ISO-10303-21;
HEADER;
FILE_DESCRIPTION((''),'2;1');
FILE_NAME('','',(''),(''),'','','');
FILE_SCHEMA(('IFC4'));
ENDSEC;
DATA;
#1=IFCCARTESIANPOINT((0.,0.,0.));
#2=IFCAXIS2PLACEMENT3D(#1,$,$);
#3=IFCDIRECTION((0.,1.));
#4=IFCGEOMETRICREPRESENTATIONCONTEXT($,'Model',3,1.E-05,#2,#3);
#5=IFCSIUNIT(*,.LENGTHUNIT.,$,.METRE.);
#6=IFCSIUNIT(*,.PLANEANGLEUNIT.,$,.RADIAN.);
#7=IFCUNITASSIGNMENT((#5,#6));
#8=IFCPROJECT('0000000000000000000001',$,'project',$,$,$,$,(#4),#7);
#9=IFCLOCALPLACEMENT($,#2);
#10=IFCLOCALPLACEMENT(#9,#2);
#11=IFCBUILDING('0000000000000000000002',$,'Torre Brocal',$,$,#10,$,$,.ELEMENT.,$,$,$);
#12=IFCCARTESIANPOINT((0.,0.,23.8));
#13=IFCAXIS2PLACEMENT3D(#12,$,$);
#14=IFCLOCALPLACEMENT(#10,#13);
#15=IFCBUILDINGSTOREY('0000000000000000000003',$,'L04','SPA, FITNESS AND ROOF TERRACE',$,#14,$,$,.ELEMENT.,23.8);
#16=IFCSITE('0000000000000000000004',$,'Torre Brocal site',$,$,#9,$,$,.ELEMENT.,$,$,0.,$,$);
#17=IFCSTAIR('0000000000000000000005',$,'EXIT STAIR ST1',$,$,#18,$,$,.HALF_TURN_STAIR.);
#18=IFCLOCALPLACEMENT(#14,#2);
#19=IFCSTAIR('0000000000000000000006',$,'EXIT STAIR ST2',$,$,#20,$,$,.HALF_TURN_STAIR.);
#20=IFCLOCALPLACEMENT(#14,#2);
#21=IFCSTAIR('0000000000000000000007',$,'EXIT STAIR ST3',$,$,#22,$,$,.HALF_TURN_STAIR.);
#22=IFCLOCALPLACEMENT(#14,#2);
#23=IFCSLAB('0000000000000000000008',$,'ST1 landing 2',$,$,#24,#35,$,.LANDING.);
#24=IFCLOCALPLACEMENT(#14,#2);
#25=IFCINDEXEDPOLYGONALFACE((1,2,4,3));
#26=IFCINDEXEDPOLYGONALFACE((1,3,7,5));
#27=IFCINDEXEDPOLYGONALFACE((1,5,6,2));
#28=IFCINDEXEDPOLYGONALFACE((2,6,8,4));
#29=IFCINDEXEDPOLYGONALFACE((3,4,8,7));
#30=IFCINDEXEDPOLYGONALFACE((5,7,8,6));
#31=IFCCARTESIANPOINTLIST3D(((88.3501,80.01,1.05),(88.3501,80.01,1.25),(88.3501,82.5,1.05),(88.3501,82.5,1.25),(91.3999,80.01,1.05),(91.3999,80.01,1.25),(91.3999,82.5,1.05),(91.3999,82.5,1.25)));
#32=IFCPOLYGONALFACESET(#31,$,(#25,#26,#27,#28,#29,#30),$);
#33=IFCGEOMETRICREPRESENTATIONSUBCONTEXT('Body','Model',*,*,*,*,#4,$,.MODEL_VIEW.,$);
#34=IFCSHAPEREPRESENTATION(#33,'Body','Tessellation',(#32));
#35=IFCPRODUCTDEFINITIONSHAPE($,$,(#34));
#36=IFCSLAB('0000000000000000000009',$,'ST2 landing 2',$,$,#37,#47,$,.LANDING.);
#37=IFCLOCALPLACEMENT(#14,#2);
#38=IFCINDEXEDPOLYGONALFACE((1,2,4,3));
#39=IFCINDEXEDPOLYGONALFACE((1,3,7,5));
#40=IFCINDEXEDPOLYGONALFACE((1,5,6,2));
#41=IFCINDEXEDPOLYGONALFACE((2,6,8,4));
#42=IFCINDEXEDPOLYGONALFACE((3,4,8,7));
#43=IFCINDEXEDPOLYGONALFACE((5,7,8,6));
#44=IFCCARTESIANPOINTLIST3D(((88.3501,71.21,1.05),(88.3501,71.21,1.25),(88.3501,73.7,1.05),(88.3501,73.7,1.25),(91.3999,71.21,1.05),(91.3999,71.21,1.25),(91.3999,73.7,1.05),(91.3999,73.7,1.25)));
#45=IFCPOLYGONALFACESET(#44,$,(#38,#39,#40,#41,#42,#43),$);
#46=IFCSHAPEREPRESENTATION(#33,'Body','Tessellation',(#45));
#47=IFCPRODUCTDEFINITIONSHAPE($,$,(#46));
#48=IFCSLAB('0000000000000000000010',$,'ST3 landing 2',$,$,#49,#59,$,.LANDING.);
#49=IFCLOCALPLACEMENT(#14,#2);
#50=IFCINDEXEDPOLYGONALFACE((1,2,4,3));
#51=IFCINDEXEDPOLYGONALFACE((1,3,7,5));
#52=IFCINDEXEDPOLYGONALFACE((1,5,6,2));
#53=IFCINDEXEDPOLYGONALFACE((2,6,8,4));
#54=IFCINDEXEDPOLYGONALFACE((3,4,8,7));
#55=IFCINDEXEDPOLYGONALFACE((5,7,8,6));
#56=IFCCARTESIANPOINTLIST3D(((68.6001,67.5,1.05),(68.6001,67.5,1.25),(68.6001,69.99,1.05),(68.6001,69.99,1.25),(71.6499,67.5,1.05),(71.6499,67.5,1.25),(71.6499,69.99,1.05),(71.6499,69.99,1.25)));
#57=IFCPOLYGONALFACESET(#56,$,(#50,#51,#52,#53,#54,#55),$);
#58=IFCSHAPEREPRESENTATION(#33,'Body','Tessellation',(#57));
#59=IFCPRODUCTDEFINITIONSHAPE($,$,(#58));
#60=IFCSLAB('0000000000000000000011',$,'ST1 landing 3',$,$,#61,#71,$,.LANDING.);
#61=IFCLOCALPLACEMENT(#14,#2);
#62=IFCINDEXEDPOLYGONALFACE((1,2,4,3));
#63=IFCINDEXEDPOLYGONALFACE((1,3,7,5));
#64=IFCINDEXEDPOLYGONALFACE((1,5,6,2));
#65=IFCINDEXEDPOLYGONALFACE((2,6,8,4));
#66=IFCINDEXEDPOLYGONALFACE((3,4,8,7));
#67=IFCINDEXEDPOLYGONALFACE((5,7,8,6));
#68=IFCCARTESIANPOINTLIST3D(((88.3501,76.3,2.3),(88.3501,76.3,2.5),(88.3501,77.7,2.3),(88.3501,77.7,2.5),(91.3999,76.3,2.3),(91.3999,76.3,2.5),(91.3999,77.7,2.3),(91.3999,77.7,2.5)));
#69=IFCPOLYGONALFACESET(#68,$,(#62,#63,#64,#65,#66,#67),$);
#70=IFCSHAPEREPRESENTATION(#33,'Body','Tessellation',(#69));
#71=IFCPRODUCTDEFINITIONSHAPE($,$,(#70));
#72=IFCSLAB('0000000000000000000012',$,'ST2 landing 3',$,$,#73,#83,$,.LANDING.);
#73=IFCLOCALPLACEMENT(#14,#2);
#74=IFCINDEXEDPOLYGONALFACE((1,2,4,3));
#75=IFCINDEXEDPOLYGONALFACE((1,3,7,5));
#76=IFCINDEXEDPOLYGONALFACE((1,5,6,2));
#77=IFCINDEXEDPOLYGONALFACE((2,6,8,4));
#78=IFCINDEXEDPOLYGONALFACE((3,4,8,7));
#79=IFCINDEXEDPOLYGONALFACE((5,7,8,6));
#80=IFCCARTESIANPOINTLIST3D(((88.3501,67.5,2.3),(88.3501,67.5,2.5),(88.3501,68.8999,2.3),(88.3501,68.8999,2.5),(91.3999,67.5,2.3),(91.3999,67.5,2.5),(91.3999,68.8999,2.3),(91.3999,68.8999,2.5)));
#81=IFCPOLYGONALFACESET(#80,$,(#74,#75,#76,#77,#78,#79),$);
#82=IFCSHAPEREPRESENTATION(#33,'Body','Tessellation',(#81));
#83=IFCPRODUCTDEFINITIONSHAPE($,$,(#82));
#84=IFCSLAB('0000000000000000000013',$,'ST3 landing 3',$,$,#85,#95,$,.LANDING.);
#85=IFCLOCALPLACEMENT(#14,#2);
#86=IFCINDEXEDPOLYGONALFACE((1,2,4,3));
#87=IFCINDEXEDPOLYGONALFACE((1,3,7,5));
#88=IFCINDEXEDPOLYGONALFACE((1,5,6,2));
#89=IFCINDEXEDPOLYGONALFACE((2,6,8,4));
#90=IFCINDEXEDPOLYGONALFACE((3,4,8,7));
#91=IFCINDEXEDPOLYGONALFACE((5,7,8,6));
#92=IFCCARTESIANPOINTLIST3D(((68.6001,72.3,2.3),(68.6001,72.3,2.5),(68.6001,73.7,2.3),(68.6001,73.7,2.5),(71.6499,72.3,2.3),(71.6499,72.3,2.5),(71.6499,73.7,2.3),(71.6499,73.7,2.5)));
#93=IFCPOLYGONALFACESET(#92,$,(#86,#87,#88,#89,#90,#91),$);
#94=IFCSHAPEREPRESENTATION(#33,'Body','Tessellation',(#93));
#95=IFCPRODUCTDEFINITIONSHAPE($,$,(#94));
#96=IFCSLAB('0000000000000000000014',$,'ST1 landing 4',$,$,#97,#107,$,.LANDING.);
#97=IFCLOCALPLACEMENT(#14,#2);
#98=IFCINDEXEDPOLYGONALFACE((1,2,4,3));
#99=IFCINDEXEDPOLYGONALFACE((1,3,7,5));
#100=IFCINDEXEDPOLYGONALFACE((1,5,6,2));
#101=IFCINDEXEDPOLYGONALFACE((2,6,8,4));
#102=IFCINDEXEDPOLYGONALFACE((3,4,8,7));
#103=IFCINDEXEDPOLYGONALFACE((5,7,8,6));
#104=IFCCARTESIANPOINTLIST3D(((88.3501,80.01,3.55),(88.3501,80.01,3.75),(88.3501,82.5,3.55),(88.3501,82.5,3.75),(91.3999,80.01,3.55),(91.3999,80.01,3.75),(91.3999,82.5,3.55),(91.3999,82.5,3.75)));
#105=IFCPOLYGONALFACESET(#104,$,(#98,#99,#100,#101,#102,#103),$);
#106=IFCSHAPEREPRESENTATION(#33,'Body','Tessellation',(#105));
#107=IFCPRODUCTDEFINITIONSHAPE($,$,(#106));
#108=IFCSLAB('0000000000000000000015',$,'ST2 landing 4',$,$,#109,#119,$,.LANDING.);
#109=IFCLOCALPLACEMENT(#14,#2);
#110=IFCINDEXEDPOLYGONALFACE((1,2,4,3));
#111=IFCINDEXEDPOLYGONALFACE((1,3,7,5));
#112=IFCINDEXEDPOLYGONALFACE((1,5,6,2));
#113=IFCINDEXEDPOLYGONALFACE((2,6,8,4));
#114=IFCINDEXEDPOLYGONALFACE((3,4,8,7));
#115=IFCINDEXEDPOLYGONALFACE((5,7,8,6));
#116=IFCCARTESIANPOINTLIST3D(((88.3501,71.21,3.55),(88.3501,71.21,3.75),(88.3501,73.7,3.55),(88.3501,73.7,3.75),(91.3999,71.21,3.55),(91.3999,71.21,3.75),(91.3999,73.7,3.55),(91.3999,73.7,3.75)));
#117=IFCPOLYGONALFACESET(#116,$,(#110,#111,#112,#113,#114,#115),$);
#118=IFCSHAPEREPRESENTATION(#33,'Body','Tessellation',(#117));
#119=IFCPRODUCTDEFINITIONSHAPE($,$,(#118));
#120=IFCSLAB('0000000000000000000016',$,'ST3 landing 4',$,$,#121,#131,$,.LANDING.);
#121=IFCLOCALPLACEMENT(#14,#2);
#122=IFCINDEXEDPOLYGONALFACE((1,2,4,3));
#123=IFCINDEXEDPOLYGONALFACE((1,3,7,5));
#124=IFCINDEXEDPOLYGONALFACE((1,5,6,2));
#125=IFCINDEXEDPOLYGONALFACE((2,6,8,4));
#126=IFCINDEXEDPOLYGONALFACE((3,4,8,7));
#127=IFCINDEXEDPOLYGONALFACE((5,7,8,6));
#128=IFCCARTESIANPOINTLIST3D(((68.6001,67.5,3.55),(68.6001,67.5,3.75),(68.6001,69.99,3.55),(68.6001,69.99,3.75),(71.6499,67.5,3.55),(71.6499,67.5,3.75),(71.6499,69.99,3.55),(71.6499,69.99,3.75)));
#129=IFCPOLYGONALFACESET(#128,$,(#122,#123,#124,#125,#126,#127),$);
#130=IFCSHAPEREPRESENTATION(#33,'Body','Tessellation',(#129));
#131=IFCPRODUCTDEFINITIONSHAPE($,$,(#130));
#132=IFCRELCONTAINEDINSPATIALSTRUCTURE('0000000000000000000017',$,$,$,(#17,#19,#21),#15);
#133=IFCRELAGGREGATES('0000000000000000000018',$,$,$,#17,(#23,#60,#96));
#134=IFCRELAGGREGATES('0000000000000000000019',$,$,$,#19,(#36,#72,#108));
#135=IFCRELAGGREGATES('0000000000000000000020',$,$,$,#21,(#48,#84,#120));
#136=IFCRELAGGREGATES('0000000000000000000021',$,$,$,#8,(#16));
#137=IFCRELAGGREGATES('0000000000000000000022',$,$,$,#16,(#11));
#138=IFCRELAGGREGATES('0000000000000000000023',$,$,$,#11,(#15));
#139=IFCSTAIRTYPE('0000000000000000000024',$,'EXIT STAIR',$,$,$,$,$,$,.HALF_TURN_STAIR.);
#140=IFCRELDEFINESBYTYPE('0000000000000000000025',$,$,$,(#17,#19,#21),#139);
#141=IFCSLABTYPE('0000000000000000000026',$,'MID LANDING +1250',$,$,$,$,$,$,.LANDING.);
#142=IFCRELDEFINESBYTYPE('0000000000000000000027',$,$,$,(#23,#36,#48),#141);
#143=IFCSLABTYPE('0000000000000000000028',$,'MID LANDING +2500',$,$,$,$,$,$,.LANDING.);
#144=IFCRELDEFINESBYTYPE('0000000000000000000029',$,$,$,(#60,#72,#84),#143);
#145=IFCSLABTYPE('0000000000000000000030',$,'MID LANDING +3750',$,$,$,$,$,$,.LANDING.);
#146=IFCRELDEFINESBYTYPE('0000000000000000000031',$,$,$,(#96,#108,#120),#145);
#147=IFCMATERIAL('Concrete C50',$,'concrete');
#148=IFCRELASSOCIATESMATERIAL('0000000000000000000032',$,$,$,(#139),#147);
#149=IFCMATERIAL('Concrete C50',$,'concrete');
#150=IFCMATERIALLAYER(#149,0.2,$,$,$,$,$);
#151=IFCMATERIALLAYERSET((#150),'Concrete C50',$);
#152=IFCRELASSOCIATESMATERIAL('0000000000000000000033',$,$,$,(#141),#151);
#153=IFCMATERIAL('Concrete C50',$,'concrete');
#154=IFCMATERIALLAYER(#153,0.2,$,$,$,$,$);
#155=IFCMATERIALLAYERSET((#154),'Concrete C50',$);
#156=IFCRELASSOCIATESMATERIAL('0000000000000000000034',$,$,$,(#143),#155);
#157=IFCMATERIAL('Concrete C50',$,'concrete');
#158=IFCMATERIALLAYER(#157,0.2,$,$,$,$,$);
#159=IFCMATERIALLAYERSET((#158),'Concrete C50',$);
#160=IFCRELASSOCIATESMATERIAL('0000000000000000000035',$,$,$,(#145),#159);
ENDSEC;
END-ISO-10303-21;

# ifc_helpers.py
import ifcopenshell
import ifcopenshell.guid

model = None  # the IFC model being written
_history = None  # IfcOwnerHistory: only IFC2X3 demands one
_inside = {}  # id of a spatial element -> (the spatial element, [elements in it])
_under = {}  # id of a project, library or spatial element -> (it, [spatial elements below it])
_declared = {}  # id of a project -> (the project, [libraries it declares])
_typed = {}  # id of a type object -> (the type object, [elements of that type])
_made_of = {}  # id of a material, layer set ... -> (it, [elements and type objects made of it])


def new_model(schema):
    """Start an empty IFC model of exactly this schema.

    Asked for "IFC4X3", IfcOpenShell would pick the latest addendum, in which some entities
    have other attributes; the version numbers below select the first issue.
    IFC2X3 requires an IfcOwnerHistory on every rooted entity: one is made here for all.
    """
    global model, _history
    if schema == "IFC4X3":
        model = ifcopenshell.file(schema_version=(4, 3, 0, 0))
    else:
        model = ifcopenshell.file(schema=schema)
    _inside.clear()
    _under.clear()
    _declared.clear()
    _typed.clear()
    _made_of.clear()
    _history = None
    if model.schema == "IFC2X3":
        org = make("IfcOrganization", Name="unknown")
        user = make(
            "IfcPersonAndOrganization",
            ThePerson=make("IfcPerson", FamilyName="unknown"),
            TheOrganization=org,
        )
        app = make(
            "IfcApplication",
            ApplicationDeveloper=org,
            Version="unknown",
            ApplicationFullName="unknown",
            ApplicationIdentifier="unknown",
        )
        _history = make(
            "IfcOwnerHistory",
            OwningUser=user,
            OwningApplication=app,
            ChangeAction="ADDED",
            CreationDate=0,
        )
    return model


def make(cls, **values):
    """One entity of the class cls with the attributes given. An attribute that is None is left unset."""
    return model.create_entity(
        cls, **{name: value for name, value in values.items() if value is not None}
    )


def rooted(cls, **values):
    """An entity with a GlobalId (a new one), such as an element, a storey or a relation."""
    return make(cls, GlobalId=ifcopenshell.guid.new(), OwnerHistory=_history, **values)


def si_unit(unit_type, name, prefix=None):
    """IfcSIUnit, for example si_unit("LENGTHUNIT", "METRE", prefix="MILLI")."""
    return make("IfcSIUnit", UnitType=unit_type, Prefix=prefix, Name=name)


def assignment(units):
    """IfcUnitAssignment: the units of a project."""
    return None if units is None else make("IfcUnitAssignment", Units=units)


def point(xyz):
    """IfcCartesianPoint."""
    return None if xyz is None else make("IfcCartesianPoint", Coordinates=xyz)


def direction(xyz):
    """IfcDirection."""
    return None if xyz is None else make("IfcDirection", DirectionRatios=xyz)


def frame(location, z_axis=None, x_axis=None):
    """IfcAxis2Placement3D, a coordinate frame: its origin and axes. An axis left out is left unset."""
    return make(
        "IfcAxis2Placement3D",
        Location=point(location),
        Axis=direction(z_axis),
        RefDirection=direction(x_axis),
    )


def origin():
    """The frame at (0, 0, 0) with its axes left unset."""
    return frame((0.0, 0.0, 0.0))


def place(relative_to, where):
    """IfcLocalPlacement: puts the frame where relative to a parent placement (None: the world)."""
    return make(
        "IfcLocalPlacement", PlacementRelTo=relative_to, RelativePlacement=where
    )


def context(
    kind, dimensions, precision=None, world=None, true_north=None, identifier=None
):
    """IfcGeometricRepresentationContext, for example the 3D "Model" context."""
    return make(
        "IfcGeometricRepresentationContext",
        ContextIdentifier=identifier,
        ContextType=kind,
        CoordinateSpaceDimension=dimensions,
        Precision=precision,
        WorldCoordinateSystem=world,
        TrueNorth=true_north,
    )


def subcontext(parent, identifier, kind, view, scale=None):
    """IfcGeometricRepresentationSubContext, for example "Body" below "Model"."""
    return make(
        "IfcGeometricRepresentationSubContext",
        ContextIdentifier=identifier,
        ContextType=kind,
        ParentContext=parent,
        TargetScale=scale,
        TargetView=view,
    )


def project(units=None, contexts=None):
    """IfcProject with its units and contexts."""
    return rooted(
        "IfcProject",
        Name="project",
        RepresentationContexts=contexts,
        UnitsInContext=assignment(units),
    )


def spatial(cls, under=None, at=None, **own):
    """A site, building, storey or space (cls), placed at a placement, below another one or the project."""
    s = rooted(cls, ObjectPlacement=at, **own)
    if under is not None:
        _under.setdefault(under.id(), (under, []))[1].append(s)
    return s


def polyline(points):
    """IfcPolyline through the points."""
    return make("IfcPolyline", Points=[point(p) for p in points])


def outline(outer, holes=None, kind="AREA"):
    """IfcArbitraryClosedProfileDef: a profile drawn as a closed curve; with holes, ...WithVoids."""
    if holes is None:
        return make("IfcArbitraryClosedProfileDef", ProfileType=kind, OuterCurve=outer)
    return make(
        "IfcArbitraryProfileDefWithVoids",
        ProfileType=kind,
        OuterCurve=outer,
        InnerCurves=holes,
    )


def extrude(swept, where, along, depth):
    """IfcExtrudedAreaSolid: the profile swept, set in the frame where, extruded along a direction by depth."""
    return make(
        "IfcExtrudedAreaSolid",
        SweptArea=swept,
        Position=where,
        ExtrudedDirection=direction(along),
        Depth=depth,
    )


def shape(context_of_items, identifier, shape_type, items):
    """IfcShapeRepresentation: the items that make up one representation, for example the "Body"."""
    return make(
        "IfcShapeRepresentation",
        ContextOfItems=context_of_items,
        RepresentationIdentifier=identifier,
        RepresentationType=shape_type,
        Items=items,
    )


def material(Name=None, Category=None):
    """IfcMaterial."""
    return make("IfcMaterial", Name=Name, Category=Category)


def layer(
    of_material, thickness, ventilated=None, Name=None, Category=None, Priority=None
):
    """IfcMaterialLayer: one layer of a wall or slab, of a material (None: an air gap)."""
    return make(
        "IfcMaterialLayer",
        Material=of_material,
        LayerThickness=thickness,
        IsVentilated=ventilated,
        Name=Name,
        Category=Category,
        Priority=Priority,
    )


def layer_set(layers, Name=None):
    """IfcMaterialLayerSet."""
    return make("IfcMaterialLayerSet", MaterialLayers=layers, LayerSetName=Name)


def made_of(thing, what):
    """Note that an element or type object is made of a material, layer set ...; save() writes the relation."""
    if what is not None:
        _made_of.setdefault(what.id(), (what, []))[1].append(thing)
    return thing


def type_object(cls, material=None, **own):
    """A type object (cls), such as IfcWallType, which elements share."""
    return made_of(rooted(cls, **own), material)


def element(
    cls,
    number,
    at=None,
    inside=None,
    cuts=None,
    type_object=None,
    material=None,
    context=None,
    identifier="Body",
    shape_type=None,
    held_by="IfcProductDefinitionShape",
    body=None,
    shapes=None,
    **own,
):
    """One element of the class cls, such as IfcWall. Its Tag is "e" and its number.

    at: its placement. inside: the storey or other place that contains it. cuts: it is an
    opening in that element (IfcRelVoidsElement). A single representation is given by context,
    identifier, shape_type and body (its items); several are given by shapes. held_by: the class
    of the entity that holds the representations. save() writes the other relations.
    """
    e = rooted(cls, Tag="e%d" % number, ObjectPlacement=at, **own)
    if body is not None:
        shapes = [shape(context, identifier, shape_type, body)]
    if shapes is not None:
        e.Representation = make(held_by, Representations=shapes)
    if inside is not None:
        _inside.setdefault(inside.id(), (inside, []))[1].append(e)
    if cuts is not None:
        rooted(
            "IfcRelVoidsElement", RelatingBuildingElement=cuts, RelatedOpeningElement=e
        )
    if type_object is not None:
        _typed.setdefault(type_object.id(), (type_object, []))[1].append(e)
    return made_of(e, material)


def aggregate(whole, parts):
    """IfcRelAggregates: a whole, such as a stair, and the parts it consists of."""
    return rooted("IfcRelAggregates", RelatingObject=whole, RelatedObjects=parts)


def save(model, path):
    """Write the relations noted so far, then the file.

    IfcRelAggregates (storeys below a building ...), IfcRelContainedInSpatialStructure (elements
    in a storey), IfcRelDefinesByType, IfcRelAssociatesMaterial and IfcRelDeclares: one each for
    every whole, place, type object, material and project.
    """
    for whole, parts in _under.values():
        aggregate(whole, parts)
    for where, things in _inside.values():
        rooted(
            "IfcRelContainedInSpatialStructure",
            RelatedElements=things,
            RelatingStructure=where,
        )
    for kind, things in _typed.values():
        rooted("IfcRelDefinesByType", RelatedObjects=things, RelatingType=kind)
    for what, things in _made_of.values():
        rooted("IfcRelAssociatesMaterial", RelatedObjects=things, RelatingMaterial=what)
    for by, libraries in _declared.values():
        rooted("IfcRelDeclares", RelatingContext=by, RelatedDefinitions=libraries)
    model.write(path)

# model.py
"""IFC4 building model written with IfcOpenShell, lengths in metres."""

from ifc_helpers import new_model, si_unit, direction, frame, origin, place, context, subcontext, project, spatial, polyline, outline, extrude, material, layer, layer_set, type_object, element, aggregate, save


model = new_model("IFC4")

# Units and contexts
model_context = context("Model", 3, precision=1e-05, world=origin(), true_north=direction((0.0, 1.0)))
body_context = subcontext(model_context, "Body", "Model", "MODEL_VIEW")
ifc_project = project(units=[si_unit("LENGTHUNIT", "METRE"), si_unit("PLANEANGLEUNIT", "RADIAN")], contexts=[model_context])

# Site, building, storey
site_placement = place(None, origin())
site = spatial("IfcSite", under=ifc_project, at=site_placement, Name="Torre Brocal site", CompositionType="ELEMENT", RefElevation=0.0)
building_placement = place(site_placement, origin())
building = spatial("IfcBuilding", under=site, at=building_placement, Name="Torre Brocal", CompositionType="ELEMENT")
storey_placement = place(building_placement, frame((0.0, 0.0, 23.8)))
storey = spatial("IfcBuildingStorey", under=building, at=storey_placement, Name="L04", Description="SPA, FITNESS AND ROOF TERRACE", CompositionType="ELEMENT", Elevation=23.8)

# Stairs
ifc_material_1 = material(Name="Concrete C50", Category="concrete")
stair_type = type_object("IfcStairType", Name="EXIT STAIR", PredefinedType="HALF_TURN_STAIR", material=ifc_material_1)
stair_1_placement = place(storey_placement, origin())
stair_1 = element("IfcStair", 1, at=stair_1_placement, inside=storey, type_object=stair_type, Name="EXIT STAIR ST1", PredefinedType="HALF_TURN_STAIR")
stair_2_placement = place(storey_placement, origin())
stair_2 = element("IfcStair", 2, at=stair_2_placement, inside=storey, type_object=stair_type, Name="EXIT STAIR ST2", PredefinedType="HALF_TURN_STAIR")
stair_3_placement = place(storey_placement, origin())
stair_3 = element("IfcStair", 3, at=stair_3_placement, inside=storey, type_object=stair_type, Name="EXIT STAIR ST3", PredefinedType="HALF_TURN_STAIR")

# Slabs
ifc_material_2 = material(Name="Concrete C50", Category="concrete")
ifc_layer_1 = layer(ifc_material_2, 0.2)
ifc_layer_set_1 = layer_set([ifc_layer_1], Name="Concrete C50")
slab_type_1 = type_object("IfcSlabType", Name="MID LANDING +1250", PredefinedType="LANDING", material=ifc_layer_set_1)
slab_1_placement = place(storey_placement, frame((0.0, 0.0, 1.05)))
slab_1 = element("IfcSlab", 4, at=slab_1_placement, type_object=slab_type_1, Name="ST1 landing 2", PredefinedType="LANDING", context=body_context, shape_type="SweptSolid", body=[
    extrude(outline(polyline([(88.3501, 80.01), (91.3999, 80.01), (91.3999, 82.5), (88.3501, 82.5), (88.3501, 80.01)])), origin(), (0.0, 0.0, 1.0), 0.2),
])
slab_2_placement = place(storey_placement, frame((0.0, 0.0, 1.05)))
slab_2 = element("IfcSlab", 5, at=slab_2_placement, type_object=slab_type_1, Name="ST2 landing 2", PredefinedType="LANDING", context=body_context, shape_type="SweptSolid", body=[
    extrude(outline(polyline([(88.3501, 71.21), (91.3999, 71.21), (91.3999, 73.7), (88.3501, 73.7), (88.3501, 71.21)])), origin(), (0.0, 0.0, 1.0), 0.2),
])
slab_3_placement = place(storey_placement, frame((0.0, 0.0, 1.05)))
slab_3 = element("IfcSlab", 6, at=slab_3_placement, type_object=slab_type_1, Name="ST3 landing 2", PredefinedType="LANDING", context=body_context, shape_type="SweptSolid", body=[
    extrude(outline(polyline([(71.6499, 69.99), (68.6001, 69.99), (68.6001, 67.5), (71.6499, 67.5), (71.6499, 69.99)])), origin(), (0.0, 0.0, 1.0), 0.2),
])
ifc_material_3 = material(Name="Concrete C50", Category="concrete")
ifc_layer_2 = layer(ifc_material_3, 0.2)
ifc_layer_set_2 = layer_set([ifc_layer_2], Name="Concrete C50")
slab_type_2 = type_object("IfcSlabType", Name="MID LANDING +2500", PredefinedType="LANDING", material=ifc_layer_set_2)
slab_4_placement = place(storey_placement, frame((0.0, 0.0, 2.3)))
slab_4 = element("IfcSlab", 7, at=slab_4_placement, type_object=slab_type_2, Name="ST1 landing 3", PredefinedType="LANDING", context=body_context, shape_type="SweptSolid", body=[
    extrude(outline(polyline([(88.3501, 76.3), (91.3999, 76.3), (91.3999, 77.7), (88.3501, 77.7), (88.3501, 76.3)])), origin(), (0.0, 0.0, 1.0), 0.2),
])
slab_5_placement = place(storey_placement, frame((0.0, 0.0, 2.3)))
slab_5 = element("IfcSlab", 8, at=slab_5_placement, type_object=slab_type_2, Name="ST2 landing 3", PredefinedType="LANDING", context=body_context, shape_type="SweptSolid", body=[
    extrude(outline(polyline([(88.3501, 67.5), (91.3999, 67.5), (91.3999, 68.8999), (88.3501, 68.8999), (88.3501, 67.5)])), origin(), (0.0, 0.0, 1.0), 0.2),
])
slab_6_placement = place(storey_placement, frame((0.0, 0.0, 2.3)))
slab_6 = element("IfcSlab", 9, at=slab_6_placement, type_object=slab_type_2, Name="ST3 landing 3", PredefinedType="LANDING", context=body_context, shape_type="SweptSolid", body=[
    extrude(outline(polyline([(71.6499, 73.7), (68.6001, 73.7), (68.6001, 72.3), (71.6499, 72.3), (71.6499, 73.7)])), origin(), (0.0, 0.0, 1.0), 0.2),
])
ifc_material_4 = material(Name="Concrete C50", Category="concrete")
ifc_layer_3 = layer(ifc_material_4, 0.2)
ifc_layer_set_3 = layer_set([ifc_layer_3], Name="Concrete C50")
slab_type_3 = type_object("IfcSlabType", Name="MID LANDING +3750", PredefinedType="LANDING", material=ifc_layer_set_3)
slab_7_placement = place(storey_placement, frame((0.0, 0.0, 3.55)))
slab_7 = element("IfcSlab", 10, at=slab_7_placement, type_object=slab_type_3, Name="ST1 landing 4", PredefinedType="LANDING", context=body_context, shape_type="SweptSolid", body=[
    extrude(outline(polyline([(88.3501, 80.01), (91.3999, 80.01), (91.3999, 82.5), (88.3501, 82.5), (88.3501, 80.01)])), origin(), (0.0, 0.0, 1.0), 0.2),
])
aggregate(stair_1, [slab_1, slab_4, slab_7])
slab_8_placement = place(storey_placement, frame((0.0, 0.0, 3.55)))
slab_8 = element("IfcSlab", 11, at=slab_8_placement, type_object=slab_type_3, Name="ST2 landing 4", PredefinedType="LANDING", context=body_context, shape_type="SweptSolid", body=[
    extrude(outline(polyline([(88.3501, 71.21), (91.3999, 71.21), (91.3999, 73.7), (88.3501, 73.7), (88.3501, 71.21)])), origin(), (0.0, 0.0, 1.0), 0.2),
])
aggregate(stair_2, [slab_2, slab_5, slab_8])
slab_9_placement = place(storey_placement, frame((0.0, 0.0, 3.55)))
slab_9 = element("IfcSlab", 12, at=slab_9_placement, type_object=slab_type_3, Name="ST3 landing 4", PredefinedType="LANDING", context=body_context, shape_type="SweptSolid", body=[
    extrude(outline(polyline([(71.6499, 69.99), (68.6001, 69.99), (68.6001, 67.5), (71.6499, 67.5), (71.6499, 69.99)])), origin(), (0.0, 0.0, 1.0), 0.2),
])
aggregate(stair_3, [slab_3, slab_6, slab_9])

save(model, "model.ifc")
